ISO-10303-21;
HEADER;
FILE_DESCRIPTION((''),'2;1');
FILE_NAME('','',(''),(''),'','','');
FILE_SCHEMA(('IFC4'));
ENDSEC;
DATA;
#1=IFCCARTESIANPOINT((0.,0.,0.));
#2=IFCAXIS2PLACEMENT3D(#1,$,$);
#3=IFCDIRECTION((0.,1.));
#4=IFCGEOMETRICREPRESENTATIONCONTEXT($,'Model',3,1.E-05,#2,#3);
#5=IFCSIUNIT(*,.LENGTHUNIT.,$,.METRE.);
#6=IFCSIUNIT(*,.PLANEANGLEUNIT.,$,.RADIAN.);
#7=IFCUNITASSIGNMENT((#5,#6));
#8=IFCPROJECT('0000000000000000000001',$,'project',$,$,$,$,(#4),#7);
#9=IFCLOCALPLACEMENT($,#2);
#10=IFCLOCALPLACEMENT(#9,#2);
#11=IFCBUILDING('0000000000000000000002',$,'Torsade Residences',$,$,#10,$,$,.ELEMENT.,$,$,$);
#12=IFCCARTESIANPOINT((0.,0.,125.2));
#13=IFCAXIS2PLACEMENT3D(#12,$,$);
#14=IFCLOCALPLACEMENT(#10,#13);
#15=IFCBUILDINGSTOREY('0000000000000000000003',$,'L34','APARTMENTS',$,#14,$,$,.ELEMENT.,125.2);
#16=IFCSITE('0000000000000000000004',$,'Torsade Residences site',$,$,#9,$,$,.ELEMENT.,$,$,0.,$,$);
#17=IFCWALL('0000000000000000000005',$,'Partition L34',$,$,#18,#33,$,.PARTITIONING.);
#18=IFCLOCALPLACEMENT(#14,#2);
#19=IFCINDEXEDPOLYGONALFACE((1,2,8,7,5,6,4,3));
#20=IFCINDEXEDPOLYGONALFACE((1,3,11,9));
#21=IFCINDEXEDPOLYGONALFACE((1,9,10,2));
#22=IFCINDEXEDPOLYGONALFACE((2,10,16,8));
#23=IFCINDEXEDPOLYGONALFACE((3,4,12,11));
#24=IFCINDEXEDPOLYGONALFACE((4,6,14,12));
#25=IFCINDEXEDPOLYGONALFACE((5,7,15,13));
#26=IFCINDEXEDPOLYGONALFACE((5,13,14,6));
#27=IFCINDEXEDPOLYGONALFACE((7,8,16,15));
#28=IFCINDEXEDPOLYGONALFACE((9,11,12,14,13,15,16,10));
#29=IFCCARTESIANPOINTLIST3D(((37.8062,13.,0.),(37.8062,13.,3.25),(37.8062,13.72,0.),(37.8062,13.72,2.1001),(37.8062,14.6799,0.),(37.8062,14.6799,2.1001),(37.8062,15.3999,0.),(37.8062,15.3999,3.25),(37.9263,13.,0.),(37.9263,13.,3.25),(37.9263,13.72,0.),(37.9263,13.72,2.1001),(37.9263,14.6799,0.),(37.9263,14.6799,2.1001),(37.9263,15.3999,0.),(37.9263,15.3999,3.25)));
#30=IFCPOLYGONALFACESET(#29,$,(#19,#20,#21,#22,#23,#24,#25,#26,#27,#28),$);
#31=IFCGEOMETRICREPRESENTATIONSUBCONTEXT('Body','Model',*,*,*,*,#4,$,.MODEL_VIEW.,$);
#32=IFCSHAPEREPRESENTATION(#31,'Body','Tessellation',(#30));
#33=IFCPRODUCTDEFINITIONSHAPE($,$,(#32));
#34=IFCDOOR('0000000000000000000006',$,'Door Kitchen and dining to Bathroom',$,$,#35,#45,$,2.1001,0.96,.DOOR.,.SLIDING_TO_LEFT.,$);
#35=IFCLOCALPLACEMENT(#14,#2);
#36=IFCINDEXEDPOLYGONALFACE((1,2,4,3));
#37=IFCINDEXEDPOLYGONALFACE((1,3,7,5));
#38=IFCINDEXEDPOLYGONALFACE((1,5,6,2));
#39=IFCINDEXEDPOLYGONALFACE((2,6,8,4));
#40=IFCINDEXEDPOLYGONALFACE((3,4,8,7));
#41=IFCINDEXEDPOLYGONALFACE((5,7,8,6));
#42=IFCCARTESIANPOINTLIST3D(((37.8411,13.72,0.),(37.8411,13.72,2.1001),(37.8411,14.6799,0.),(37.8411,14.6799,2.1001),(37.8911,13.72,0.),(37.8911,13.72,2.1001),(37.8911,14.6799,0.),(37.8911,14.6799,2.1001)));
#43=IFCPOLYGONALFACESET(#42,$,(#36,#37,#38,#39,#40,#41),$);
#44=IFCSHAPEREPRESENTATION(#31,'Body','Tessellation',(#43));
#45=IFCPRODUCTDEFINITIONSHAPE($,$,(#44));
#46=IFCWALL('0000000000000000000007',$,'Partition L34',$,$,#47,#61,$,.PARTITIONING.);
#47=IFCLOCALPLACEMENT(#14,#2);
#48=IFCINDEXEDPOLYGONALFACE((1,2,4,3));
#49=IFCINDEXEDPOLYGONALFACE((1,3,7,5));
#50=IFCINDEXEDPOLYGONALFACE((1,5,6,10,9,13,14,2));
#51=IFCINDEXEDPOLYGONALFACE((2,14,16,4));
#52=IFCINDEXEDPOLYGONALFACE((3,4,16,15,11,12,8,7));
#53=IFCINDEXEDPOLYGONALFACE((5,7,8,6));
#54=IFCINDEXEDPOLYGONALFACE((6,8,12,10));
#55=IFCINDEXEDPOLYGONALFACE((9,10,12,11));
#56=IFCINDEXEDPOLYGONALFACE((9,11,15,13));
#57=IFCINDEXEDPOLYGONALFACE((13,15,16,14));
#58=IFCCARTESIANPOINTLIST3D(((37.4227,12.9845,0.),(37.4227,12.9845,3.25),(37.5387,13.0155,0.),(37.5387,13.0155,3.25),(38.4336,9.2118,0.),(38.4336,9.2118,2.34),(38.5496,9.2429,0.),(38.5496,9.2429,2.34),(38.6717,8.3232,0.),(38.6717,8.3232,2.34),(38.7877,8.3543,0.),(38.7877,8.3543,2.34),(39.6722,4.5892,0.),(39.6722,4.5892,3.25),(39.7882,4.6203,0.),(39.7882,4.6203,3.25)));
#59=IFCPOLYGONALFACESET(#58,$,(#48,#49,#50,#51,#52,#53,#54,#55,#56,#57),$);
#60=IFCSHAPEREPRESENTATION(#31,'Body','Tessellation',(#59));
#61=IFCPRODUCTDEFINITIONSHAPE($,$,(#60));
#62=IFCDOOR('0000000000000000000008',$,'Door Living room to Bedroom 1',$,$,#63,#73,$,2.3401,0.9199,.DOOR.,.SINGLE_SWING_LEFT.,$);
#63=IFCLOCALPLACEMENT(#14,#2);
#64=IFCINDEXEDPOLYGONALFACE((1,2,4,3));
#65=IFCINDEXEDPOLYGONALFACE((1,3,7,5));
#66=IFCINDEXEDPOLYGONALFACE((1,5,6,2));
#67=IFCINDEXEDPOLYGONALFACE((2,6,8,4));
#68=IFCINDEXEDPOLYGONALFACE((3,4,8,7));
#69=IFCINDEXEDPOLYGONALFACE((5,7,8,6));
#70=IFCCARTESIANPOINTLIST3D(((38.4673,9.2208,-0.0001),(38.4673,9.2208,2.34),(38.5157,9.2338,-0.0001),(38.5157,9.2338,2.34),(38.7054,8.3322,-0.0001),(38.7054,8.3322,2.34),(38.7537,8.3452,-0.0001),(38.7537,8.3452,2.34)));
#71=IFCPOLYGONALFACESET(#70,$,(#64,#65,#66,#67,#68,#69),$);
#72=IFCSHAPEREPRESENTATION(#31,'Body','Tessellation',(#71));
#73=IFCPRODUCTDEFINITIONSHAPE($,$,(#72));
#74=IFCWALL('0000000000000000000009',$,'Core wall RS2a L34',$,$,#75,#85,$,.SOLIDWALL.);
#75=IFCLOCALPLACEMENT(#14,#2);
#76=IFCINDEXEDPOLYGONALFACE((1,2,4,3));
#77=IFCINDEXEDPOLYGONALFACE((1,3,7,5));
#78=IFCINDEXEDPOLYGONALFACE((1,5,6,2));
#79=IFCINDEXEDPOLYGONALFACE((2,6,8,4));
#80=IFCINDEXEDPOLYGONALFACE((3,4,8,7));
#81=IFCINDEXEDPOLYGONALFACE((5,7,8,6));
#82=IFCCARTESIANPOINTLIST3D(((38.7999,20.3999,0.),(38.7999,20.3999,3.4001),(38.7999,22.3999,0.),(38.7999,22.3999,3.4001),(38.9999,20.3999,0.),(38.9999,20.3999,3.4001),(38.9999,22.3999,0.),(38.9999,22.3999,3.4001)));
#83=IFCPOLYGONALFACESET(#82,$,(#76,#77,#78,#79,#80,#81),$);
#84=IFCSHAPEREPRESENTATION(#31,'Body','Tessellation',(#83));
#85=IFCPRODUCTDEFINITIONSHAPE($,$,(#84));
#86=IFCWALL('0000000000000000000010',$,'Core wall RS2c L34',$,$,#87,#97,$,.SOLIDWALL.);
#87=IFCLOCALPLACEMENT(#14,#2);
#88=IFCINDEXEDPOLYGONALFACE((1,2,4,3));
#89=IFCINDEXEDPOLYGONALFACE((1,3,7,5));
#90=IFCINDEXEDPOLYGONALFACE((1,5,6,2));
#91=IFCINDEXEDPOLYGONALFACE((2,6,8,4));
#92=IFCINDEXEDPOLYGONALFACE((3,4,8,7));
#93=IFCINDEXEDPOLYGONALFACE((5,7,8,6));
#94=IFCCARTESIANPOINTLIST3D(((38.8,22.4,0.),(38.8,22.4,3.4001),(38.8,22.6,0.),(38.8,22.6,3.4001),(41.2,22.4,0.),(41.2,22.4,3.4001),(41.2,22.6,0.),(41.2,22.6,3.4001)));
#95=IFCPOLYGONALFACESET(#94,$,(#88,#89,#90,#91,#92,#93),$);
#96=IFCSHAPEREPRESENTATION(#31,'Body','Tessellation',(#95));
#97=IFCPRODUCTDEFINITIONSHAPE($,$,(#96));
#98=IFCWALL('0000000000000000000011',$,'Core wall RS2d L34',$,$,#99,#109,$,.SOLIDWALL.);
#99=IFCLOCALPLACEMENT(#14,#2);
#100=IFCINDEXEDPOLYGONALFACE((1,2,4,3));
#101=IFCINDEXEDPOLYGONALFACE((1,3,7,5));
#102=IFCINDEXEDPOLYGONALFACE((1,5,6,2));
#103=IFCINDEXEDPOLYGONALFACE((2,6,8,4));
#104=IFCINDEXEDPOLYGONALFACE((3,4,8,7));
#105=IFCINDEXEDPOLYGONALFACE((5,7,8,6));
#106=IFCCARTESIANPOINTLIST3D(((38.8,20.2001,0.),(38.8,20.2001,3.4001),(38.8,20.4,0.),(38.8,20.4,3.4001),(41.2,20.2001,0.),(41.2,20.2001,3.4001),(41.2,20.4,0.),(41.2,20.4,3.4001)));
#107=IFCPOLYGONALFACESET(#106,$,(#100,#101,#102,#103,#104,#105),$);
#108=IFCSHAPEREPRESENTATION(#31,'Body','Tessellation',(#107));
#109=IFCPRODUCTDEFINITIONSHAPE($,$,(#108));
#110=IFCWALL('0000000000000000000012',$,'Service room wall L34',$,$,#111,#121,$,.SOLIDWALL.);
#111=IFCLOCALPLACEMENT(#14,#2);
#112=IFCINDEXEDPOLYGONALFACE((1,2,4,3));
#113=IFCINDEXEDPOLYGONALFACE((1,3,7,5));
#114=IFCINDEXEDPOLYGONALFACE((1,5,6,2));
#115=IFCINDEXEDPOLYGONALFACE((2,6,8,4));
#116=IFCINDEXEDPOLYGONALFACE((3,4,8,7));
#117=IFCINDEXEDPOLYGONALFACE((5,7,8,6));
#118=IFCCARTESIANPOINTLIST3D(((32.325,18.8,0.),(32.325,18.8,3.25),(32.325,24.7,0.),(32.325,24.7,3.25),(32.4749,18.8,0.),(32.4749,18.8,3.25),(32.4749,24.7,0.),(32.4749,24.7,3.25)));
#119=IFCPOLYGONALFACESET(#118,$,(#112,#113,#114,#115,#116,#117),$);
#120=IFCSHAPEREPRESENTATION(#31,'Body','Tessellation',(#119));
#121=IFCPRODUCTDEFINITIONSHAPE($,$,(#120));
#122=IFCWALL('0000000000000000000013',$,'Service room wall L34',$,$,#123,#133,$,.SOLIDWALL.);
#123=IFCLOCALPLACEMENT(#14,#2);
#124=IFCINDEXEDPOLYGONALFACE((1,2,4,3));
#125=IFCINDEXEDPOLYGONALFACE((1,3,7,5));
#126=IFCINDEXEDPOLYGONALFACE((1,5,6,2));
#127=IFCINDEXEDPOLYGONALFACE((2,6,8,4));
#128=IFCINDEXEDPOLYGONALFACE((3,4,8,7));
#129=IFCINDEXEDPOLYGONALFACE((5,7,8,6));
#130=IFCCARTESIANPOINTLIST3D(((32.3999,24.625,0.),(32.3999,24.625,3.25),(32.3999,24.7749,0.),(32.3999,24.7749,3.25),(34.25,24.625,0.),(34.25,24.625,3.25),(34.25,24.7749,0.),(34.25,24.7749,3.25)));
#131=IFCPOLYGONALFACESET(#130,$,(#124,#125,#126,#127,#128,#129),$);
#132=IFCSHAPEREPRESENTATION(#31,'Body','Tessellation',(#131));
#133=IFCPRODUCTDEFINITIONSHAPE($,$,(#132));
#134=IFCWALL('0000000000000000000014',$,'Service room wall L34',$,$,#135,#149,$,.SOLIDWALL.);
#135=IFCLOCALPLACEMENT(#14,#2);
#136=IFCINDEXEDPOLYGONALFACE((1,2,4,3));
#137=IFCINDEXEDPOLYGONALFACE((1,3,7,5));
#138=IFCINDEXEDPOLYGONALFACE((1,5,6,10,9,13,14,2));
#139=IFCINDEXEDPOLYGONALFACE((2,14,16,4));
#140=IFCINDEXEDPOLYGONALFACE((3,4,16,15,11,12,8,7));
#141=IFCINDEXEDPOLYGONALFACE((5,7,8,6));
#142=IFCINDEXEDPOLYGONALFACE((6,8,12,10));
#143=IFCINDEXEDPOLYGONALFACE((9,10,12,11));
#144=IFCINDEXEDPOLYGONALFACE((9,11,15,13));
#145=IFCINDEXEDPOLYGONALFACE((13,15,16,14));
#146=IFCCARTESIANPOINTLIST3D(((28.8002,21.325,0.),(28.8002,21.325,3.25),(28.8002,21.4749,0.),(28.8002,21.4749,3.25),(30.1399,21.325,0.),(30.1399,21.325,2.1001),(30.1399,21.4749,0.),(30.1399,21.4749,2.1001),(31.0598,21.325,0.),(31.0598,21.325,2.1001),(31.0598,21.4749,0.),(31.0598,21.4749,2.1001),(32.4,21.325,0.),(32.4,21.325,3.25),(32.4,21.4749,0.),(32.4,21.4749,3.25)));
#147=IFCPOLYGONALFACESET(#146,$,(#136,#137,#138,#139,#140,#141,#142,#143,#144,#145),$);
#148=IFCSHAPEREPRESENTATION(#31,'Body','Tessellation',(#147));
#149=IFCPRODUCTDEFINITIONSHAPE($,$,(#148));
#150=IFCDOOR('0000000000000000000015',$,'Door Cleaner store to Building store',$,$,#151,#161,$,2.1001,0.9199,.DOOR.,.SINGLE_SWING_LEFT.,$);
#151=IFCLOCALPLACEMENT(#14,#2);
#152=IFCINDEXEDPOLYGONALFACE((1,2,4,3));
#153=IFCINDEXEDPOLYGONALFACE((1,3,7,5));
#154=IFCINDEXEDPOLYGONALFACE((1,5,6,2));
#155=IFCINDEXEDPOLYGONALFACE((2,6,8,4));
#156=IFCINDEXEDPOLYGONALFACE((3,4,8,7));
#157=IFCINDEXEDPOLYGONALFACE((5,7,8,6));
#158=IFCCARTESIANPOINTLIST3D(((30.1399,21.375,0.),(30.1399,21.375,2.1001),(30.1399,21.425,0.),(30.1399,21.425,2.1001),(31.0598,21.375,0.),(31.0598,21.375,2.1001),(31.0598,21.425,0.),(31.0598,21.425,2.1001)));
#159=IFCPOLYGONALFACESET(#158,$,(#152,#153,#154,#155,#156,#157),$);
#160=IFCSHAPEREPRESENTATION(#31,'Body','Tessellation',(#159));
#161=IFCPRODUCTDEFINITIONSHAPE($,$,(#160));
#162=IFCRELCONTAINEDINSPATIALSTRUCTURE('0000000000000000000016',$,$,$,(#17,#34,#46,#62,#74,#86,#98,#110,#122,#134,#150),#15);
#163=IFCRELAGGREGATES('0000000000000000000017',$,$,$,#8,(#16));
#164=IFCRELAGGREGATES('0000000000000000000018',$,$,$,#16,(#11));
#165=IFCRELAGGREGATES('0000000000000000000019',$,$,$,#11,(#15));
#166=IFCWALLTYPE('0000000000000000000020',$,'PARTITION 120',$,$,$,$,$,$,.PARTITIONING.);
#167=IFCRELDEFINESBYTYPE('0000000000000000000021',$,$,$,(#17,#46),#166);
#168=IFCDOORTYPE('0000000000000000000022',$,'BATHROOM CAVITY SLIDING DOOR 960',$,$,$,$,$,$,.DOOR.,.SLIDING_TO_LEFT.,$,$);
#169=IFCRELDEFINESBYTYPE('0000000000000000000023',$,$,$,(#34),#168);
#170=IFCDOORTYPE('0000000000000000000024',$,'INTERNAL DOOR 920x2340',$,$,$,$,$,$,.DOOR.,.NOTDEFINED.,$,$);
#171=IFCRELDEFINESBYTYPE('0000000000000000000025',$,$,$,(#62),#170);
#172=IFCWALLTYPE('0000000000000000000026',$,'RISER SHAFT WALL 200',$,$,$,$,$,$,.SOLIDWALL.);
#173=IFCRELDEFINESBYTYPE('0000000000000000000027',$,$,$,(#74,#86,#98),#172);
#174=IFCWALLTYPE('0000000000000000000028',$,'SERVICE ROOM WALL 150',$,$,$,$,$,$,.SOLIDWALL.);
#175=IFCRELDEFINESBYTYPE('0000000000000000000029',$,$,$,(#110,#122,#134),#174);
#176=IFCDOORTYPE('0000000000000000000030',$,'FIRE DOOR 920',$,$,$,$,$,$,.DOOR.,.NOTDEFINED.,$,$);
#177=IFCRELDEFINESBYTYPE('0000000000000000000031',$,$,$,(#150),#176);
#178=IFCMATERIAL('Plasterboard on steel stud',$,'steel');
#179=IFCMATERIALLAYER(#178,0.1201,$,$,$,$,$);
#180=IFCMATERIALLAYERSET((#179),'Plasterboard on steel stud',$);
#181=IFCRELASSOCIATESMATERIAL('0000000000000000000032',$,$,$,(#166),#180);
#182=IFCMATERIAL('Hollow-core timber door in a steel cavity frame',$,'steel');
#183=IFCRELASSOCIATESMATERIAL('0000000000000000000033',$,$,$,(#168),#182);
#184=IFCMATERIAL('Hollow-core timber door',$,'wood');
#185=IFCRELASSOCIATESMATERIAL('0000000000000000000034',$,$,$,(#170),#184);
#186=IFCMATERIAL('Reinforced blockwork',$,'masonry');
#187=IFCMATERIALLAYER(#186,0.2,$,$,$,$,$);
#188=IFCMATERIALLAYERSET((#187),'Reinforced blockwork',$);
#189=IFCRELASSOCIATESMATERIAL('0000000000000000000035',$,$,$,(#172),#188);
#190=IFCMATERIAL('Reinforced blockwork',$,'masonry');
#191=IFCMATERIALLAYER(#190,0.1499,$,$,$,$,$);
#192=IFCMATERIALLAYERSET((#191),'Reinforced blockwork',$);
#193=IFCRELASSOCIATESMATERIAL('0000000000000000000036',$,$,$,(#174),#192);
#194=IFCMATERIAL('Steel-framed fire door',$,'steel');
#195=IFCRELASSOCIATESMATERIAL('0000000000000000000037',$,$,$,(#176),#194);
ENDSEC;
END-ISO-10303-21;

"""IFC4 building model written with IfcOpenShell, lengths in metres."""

from ifc_helpers import new_model, si_unit, direction, frame, frame_2d, origin, place, context, subcontext, project, spatial, rectangle, extrude, material, layer, layer_set, type_object, element, fill, save


model = new_model("IFC4")

# Units and contexts
model_context = context("Model", 3, precision=1e-05, world=origin(), true_north=direction((0.0, 1.0)))
body_context = subcontext(model_context, "Body", "Model", "MODEL_VIEW")
ifc_project = project(units=[si_unit("LENGTHUNIT", "METRE"), si_unit("PLANEANGLEUNIT", "RADIAN")], contexts=[model_context])

# Site, building, storey
site_placement = place(None, origin())
site = spatial("IfcSite", under=ifc_project, at=site_placement, Name="Torsade Residences site", CompositionType="ELEMENT", RefElevation=0.0)
building_placement = place(site_placement, origin())
building = spatial("IfcBuilding", under=site, at=building_placement, Name="Torsade Residences", CompositionType="ELEMENT")
storey_placement = place(building_placement, frame((0.0, 0.0, 125.2)))
storey = spatial("IfcBuildingStorey", under=building, at=storey_placement, Name="L34", Description="APARTMENTS", CompositionType="ELEMENT", Elevation=125.2)

# Walls, openings, doors
ifc_material_1 = material(Name="Plasterboard on steel stud", Category="steel")
ifc_layer_1 = layer(ifc_material_1, 0.1201)
ifc_layer_set_1 = layer_set([ifc_layer_1], Name="Plasterboard on steel stud")
wall_type_1 = type_object("IfcWallType", Name="PARTITION 120", PredefinedType="PARTITIONING", material=ifc_layer_set_1)
wall_1_placement = place(storey_placement, frame((37.8662, 15.3999, 0.0), z_axis=(0.0, 0.0, 1.0), x_axis=(0.0, -1.0, 0.0)))
wall_1 = element("IfcWall", 1, at=wall_1_placement, inside=storey, type_object=wall_type_1, Name="Partition L34", PredefinedType="PARTITIONING", context=body_context, shape_type="SweptSolid", body=[
    extrude(rectangle(XDim=2.3999, YDim=0.1201, at=frame_2d((1.2, 0.0))), origin(), (0.0, 0.0, 1.0), 3.25),
])
opening_1_placement = place(wall_1_placement, frame((0.72, 0.0, 0.0)))
opening_1 = element("IfcOpeningElement", 2, at=opening_1_placement, cuts=wall_1, PredefinedType="OPENING", context=body_context, shape_type="SweptSolid", body=[
    extrude(rectangle(XDim=0.96, YDim=2.1001, at=frame_2d((0.48, 1.05))), frame((0.0, 0.0701, 0.0), z_axis=(0.0, -1.0, 0.0), x_axis=(1.0, 0.0, 0.0)), (0.0, 0.0, 1.0), 0.1401),
])
ifc_material_2 = material(Name="Hollow-core timber door in a steel cavity frame", Category="steel")
door_type_1 = type_object("IfcDoorType", Name="BATHROOM CAVITY SLIDING DOOR 960", OperationType="SLIDING_TO_LEFT", PredefinedType="DOOR", material=ifc_material_2)
door_1_placement = place(opening_1_placement, origin())
door_1 = element("IfcDoor", 3, at=door_1_placement, inside=storey, type_object=door_type_1, Name="Door Kitchen and dining to Bathroom", OperationType="SLIDING_TO_LEFT", OverallHeight=2.1001, OverallWidth=0.96, PredefinedType="DOOR", context=body_context, shape_type="SweptSolid", body=[
    extrude(rectangle(XDim=0.96, YDim=2.1001, at=frame_2d((0.48, 1.05))), frame((0.0, 0.0249, 0.0), z_axis=(0.0, -1.0, 0.0), x_axis=(1.0, 0.0, 0.0)), (0.0, 0.0, 1.0), 0.05),
])
fill(opening_1, door_1)
wall_2_placement = place(storey_placement, frame((37.4807, 13.0, 0.0), z_axis=(0.0, 0.0, 1.0), x_axis=(0.25882, -0.965926, 0.0)))
wall_2 = element("IfcWall", 4, at=wall_2_placement, inside=storey, type_object=wall_type_1, Name="Partition L34", PredefinedType="PARTITIONING", context=body_context, shape_type="SweptSolid", body=[
    extrude(rectangle(XDim=8.6914, YDim=0.1201, at=frame_2d((4.3457, 0.0))), origin(), (0.0, 0.0, 1.0), 3.25),
])
opening_2_placement = place(wall_2_placement, frame((3.9058, 0.0, 0.0)))
opening_2 = element("IfcOpeningElement", 5, at=opening_2_placement, cuts=wall_2, PredefinedType="OPENING", context=body_context, shape_type="SweptSolid", body=[
    extrude(rectangle(XDim=0.9199, YDim=2.3401, at=frame_2d((0.46, 1.1699))), frame((0.0, 0.0701, 0.0), z_axis=(0.0, -1.0, 0.0), x_axis=(1.0, 0.0, 0.0)), (0.0, 0.0, 1.0), 0.1401),
])
ifc_material_3 = material(Name="Hollow-core timber door", Category="wood")
door_type_2 = type_object("IfcDoorType", Name="INTERNAL DOOR 920x2340", OperationType="NOTDEFINED", PredefinedType="DOOR", material=ifc_material_3)
door_2_placement = place(opening_2_placement, origin())
door_2 = element("IfcDoor", 6, at=door_2_placement, inside=storey, type_object=door_type_2, Name="Door Living room to Bedroom 1", OperationType="SINGLE_SWING_LEFT", OverallHeight=2.3401, OverallWidth=0.9199, PredefinedType="DOOR", context=body_context, shape_type="SweptSolid", body=[
    extrude(rectangle(XDim=0.9199, YDim=2.3401, at=frame_2d((0.46, 1.1699))), frame((0.0, 0.0249, 0.0), z_axis=(0.0, -1.0, 0.0), x_axis=(1.0, 0.0, 0.0)), (0.0, 0.0, 1.0), 0.05),
])
fill(opening_2, door_2)

# Walls
ifc_material_4 = material(Name="Reinforced blockwork", Category="masonry")
ifc_layer_2 = layer(ifc_material_4, 0.2)
ifc_layer_set_2 = layer_set([ifc_layer_2], Name="Reinforced blockwork")
wall_type_2 = type_object("IfcWallType", Name="RISER SHAFT WALL 200", PredefinedType="SOLIDWALL", material=ifc_layer_set_2)
wall_3_placement = place(storey_placement, frame((38.8999, 22.3999, 0.0), z_axis=(0.0, 0.0, 1.0), x_axis=(0.0, -1.0, 0.0)))
element("IfcWall", 7, at=wall_3_placement, inside=storey, type_object=wall_type_2, Name="Core wall RS2a L34", PredefinedType="SOLIDWALL", context=body_context, shape_type="SweptSolid", body=[
    extrude(rectangle(XDim=2.0, YDim=0.2, at=frame_2d((1.0, 0.0))), origin(), (0.0, 0.0, 1.0), 3.4001),
])
for number, where, z_axis, x_axis, name in (
    (8, (38.8, 22.5, 0.0), (0.0, 0.0, 1.0), (1.0, 0.0, 0.0), "Core wall RS2c L34"),
    (9, (38.8, 20.3, 0.0), (0.0, 0.0, 1.0), (1.0, 0.0, 0.0), "Core wall RS2d L34"),
):
    element("IfcWall", number, at=place(storey_placement, frame(where, z_axis=z_axis, x_axis=x_axis)), inside=storey, type_object=wall_type_2, Name=name, PredefinedType="SOLIDWALL", context=body_context, shape_type="SweptSolid", body=[
        extrude(rectangle(XDim=2.3999, YDim=0.2, at=frame_2d((1.2, 0.0))), origin(), (0.0, 0.0, 1.0), 3.4001),
    ])
ifc_material_5 = material(Name="Reinforced blockwork", Category="masonry")
ifc_layer_3 = layer(ifc_material_5, 0.1499)
ifc_layer_set_3 = layer_set([ifc_layer_3], Name="Reinforced blockwork")
wall_type_3 = type_object("IfcWallType", Name="SERVICE ROOM WALL 150", PredefinedType="SOLIDWALL", material=ifc_layer_set_3)
wall_4_placement = place(storey_placement, frame((32.3999, 18.8, 0.0), z_axis=(0.0, 0.0, 1.0), x_axis=(0.0, 1.0, 0.0)))
element("IfcWall", 10, at=wall_4_placement, inside=storey, type_object=wall_type_3, Name="Service room wall L34", PredefinedType="SOLIDWALL", context=body_context, shape_type="SweptSolid", body=[
    extrude(rectangle(XDim=5.8999, YDim=0.1499, at=frame_2d((2.95, 0.0))), origin(), (0.0, 0.0, 1.0), 3.25),
])
wall_5_placement = place(storey_placement, frame((32.3999, 24.7, 0.0), z_axis=(0.0, 0.0, 1.0), x_axis=(1.0, 0.0, 0.0)))
element("IfcWall", 11, at=wall_5_placement, inside=storey, type_object=wall_type_3, Name="Service room wall L34", PredefinedType="SOLIDWALL", context=body_context, shape_type="SweptSolid", body=[
    extrude(rectangle(XDim=1.8501, YDim=0.1499, at=frame_2d((0.925, 0.0))), origin(), (0.0, 0.0, 1.0), 3.25),
])

# Wall, opening, door
wall_6_placement = place(storey_placement, frame((32.3999, 21.3999, 0.0), z_axis=(0.0, 0.0, 1.0), x_axis=(-1.0, 0.0, 0.0)))
wall_6 = element("IfcWall", 12, at=wall_6_placement, inside=storey, type_object=wall_type_3, Name="Service room wall L34", PredefinedType="SOLIDWALL", context=body_context, shape_type="SweptSolid", body=[
    extrude(rectangle(XDim=3.5999, YDim=0.1499, at=frame_2d((1.7998, 0.0))), origin(), (0.0, 0.0, 1.0), 3.25),
])
opening_3_placement = place(wall_6_placement, frame((1.3401, 0.0, 0.0)))
opening_3 = element("IfcOpeningElement", 13, at=opening_3_placement, cuts=wall_6, PredefinedType="OPENING", context=body_context, shape_type="SweptSolid", body=[
    extrude(rectangle(XDim=0.9199, YDim=2.1001, at=frame_2d((0.46, 1.05))), frame((0.0, 0.085, 0.0), z_axis=(0.0, -1.0, 0.0), x_axis=(1.0, 0.0, 0.0)), (0.0, 0.0, 1.0), 0.1699),
])
ifc_material_6 = material(Name="Steel-framed fire door", Category="steel")
door_type_3 = type_object("IfcDoorType", Name="FIRE DOOR 920", OperationType="NOTDEFINED", PredefinedType="DOOR", material=ifc_material_6)
door_3_placement = place(opening_3_placement, origin())
door_3 = element("IfcDoor", 14, at=door_3_placement, inside=storey, type_object=door_type_3, Name="Door Cleaner store to Building store", OperationType="SINGLE_SWING_LEFT", OverallHeight=2.1001, OverallWidth=0.9199, PredefinedType="DOOR", context=body_context, shape_type="SweptSolid", body=[
    extrude(rectangle(XDim=0.9199, YDim=2.1001, at=frame_2d((0.46, 1.05))), frame((0.0, 0.0249, 0.0), z_axis=(0.0, -1.0, 0.0), x_axis=(1.0, 0.0, 0.0)), (0.0, 0.0, 1.0), 0.05),
])
fill(opening_3, door_3)

save(model, "model.ifc")
